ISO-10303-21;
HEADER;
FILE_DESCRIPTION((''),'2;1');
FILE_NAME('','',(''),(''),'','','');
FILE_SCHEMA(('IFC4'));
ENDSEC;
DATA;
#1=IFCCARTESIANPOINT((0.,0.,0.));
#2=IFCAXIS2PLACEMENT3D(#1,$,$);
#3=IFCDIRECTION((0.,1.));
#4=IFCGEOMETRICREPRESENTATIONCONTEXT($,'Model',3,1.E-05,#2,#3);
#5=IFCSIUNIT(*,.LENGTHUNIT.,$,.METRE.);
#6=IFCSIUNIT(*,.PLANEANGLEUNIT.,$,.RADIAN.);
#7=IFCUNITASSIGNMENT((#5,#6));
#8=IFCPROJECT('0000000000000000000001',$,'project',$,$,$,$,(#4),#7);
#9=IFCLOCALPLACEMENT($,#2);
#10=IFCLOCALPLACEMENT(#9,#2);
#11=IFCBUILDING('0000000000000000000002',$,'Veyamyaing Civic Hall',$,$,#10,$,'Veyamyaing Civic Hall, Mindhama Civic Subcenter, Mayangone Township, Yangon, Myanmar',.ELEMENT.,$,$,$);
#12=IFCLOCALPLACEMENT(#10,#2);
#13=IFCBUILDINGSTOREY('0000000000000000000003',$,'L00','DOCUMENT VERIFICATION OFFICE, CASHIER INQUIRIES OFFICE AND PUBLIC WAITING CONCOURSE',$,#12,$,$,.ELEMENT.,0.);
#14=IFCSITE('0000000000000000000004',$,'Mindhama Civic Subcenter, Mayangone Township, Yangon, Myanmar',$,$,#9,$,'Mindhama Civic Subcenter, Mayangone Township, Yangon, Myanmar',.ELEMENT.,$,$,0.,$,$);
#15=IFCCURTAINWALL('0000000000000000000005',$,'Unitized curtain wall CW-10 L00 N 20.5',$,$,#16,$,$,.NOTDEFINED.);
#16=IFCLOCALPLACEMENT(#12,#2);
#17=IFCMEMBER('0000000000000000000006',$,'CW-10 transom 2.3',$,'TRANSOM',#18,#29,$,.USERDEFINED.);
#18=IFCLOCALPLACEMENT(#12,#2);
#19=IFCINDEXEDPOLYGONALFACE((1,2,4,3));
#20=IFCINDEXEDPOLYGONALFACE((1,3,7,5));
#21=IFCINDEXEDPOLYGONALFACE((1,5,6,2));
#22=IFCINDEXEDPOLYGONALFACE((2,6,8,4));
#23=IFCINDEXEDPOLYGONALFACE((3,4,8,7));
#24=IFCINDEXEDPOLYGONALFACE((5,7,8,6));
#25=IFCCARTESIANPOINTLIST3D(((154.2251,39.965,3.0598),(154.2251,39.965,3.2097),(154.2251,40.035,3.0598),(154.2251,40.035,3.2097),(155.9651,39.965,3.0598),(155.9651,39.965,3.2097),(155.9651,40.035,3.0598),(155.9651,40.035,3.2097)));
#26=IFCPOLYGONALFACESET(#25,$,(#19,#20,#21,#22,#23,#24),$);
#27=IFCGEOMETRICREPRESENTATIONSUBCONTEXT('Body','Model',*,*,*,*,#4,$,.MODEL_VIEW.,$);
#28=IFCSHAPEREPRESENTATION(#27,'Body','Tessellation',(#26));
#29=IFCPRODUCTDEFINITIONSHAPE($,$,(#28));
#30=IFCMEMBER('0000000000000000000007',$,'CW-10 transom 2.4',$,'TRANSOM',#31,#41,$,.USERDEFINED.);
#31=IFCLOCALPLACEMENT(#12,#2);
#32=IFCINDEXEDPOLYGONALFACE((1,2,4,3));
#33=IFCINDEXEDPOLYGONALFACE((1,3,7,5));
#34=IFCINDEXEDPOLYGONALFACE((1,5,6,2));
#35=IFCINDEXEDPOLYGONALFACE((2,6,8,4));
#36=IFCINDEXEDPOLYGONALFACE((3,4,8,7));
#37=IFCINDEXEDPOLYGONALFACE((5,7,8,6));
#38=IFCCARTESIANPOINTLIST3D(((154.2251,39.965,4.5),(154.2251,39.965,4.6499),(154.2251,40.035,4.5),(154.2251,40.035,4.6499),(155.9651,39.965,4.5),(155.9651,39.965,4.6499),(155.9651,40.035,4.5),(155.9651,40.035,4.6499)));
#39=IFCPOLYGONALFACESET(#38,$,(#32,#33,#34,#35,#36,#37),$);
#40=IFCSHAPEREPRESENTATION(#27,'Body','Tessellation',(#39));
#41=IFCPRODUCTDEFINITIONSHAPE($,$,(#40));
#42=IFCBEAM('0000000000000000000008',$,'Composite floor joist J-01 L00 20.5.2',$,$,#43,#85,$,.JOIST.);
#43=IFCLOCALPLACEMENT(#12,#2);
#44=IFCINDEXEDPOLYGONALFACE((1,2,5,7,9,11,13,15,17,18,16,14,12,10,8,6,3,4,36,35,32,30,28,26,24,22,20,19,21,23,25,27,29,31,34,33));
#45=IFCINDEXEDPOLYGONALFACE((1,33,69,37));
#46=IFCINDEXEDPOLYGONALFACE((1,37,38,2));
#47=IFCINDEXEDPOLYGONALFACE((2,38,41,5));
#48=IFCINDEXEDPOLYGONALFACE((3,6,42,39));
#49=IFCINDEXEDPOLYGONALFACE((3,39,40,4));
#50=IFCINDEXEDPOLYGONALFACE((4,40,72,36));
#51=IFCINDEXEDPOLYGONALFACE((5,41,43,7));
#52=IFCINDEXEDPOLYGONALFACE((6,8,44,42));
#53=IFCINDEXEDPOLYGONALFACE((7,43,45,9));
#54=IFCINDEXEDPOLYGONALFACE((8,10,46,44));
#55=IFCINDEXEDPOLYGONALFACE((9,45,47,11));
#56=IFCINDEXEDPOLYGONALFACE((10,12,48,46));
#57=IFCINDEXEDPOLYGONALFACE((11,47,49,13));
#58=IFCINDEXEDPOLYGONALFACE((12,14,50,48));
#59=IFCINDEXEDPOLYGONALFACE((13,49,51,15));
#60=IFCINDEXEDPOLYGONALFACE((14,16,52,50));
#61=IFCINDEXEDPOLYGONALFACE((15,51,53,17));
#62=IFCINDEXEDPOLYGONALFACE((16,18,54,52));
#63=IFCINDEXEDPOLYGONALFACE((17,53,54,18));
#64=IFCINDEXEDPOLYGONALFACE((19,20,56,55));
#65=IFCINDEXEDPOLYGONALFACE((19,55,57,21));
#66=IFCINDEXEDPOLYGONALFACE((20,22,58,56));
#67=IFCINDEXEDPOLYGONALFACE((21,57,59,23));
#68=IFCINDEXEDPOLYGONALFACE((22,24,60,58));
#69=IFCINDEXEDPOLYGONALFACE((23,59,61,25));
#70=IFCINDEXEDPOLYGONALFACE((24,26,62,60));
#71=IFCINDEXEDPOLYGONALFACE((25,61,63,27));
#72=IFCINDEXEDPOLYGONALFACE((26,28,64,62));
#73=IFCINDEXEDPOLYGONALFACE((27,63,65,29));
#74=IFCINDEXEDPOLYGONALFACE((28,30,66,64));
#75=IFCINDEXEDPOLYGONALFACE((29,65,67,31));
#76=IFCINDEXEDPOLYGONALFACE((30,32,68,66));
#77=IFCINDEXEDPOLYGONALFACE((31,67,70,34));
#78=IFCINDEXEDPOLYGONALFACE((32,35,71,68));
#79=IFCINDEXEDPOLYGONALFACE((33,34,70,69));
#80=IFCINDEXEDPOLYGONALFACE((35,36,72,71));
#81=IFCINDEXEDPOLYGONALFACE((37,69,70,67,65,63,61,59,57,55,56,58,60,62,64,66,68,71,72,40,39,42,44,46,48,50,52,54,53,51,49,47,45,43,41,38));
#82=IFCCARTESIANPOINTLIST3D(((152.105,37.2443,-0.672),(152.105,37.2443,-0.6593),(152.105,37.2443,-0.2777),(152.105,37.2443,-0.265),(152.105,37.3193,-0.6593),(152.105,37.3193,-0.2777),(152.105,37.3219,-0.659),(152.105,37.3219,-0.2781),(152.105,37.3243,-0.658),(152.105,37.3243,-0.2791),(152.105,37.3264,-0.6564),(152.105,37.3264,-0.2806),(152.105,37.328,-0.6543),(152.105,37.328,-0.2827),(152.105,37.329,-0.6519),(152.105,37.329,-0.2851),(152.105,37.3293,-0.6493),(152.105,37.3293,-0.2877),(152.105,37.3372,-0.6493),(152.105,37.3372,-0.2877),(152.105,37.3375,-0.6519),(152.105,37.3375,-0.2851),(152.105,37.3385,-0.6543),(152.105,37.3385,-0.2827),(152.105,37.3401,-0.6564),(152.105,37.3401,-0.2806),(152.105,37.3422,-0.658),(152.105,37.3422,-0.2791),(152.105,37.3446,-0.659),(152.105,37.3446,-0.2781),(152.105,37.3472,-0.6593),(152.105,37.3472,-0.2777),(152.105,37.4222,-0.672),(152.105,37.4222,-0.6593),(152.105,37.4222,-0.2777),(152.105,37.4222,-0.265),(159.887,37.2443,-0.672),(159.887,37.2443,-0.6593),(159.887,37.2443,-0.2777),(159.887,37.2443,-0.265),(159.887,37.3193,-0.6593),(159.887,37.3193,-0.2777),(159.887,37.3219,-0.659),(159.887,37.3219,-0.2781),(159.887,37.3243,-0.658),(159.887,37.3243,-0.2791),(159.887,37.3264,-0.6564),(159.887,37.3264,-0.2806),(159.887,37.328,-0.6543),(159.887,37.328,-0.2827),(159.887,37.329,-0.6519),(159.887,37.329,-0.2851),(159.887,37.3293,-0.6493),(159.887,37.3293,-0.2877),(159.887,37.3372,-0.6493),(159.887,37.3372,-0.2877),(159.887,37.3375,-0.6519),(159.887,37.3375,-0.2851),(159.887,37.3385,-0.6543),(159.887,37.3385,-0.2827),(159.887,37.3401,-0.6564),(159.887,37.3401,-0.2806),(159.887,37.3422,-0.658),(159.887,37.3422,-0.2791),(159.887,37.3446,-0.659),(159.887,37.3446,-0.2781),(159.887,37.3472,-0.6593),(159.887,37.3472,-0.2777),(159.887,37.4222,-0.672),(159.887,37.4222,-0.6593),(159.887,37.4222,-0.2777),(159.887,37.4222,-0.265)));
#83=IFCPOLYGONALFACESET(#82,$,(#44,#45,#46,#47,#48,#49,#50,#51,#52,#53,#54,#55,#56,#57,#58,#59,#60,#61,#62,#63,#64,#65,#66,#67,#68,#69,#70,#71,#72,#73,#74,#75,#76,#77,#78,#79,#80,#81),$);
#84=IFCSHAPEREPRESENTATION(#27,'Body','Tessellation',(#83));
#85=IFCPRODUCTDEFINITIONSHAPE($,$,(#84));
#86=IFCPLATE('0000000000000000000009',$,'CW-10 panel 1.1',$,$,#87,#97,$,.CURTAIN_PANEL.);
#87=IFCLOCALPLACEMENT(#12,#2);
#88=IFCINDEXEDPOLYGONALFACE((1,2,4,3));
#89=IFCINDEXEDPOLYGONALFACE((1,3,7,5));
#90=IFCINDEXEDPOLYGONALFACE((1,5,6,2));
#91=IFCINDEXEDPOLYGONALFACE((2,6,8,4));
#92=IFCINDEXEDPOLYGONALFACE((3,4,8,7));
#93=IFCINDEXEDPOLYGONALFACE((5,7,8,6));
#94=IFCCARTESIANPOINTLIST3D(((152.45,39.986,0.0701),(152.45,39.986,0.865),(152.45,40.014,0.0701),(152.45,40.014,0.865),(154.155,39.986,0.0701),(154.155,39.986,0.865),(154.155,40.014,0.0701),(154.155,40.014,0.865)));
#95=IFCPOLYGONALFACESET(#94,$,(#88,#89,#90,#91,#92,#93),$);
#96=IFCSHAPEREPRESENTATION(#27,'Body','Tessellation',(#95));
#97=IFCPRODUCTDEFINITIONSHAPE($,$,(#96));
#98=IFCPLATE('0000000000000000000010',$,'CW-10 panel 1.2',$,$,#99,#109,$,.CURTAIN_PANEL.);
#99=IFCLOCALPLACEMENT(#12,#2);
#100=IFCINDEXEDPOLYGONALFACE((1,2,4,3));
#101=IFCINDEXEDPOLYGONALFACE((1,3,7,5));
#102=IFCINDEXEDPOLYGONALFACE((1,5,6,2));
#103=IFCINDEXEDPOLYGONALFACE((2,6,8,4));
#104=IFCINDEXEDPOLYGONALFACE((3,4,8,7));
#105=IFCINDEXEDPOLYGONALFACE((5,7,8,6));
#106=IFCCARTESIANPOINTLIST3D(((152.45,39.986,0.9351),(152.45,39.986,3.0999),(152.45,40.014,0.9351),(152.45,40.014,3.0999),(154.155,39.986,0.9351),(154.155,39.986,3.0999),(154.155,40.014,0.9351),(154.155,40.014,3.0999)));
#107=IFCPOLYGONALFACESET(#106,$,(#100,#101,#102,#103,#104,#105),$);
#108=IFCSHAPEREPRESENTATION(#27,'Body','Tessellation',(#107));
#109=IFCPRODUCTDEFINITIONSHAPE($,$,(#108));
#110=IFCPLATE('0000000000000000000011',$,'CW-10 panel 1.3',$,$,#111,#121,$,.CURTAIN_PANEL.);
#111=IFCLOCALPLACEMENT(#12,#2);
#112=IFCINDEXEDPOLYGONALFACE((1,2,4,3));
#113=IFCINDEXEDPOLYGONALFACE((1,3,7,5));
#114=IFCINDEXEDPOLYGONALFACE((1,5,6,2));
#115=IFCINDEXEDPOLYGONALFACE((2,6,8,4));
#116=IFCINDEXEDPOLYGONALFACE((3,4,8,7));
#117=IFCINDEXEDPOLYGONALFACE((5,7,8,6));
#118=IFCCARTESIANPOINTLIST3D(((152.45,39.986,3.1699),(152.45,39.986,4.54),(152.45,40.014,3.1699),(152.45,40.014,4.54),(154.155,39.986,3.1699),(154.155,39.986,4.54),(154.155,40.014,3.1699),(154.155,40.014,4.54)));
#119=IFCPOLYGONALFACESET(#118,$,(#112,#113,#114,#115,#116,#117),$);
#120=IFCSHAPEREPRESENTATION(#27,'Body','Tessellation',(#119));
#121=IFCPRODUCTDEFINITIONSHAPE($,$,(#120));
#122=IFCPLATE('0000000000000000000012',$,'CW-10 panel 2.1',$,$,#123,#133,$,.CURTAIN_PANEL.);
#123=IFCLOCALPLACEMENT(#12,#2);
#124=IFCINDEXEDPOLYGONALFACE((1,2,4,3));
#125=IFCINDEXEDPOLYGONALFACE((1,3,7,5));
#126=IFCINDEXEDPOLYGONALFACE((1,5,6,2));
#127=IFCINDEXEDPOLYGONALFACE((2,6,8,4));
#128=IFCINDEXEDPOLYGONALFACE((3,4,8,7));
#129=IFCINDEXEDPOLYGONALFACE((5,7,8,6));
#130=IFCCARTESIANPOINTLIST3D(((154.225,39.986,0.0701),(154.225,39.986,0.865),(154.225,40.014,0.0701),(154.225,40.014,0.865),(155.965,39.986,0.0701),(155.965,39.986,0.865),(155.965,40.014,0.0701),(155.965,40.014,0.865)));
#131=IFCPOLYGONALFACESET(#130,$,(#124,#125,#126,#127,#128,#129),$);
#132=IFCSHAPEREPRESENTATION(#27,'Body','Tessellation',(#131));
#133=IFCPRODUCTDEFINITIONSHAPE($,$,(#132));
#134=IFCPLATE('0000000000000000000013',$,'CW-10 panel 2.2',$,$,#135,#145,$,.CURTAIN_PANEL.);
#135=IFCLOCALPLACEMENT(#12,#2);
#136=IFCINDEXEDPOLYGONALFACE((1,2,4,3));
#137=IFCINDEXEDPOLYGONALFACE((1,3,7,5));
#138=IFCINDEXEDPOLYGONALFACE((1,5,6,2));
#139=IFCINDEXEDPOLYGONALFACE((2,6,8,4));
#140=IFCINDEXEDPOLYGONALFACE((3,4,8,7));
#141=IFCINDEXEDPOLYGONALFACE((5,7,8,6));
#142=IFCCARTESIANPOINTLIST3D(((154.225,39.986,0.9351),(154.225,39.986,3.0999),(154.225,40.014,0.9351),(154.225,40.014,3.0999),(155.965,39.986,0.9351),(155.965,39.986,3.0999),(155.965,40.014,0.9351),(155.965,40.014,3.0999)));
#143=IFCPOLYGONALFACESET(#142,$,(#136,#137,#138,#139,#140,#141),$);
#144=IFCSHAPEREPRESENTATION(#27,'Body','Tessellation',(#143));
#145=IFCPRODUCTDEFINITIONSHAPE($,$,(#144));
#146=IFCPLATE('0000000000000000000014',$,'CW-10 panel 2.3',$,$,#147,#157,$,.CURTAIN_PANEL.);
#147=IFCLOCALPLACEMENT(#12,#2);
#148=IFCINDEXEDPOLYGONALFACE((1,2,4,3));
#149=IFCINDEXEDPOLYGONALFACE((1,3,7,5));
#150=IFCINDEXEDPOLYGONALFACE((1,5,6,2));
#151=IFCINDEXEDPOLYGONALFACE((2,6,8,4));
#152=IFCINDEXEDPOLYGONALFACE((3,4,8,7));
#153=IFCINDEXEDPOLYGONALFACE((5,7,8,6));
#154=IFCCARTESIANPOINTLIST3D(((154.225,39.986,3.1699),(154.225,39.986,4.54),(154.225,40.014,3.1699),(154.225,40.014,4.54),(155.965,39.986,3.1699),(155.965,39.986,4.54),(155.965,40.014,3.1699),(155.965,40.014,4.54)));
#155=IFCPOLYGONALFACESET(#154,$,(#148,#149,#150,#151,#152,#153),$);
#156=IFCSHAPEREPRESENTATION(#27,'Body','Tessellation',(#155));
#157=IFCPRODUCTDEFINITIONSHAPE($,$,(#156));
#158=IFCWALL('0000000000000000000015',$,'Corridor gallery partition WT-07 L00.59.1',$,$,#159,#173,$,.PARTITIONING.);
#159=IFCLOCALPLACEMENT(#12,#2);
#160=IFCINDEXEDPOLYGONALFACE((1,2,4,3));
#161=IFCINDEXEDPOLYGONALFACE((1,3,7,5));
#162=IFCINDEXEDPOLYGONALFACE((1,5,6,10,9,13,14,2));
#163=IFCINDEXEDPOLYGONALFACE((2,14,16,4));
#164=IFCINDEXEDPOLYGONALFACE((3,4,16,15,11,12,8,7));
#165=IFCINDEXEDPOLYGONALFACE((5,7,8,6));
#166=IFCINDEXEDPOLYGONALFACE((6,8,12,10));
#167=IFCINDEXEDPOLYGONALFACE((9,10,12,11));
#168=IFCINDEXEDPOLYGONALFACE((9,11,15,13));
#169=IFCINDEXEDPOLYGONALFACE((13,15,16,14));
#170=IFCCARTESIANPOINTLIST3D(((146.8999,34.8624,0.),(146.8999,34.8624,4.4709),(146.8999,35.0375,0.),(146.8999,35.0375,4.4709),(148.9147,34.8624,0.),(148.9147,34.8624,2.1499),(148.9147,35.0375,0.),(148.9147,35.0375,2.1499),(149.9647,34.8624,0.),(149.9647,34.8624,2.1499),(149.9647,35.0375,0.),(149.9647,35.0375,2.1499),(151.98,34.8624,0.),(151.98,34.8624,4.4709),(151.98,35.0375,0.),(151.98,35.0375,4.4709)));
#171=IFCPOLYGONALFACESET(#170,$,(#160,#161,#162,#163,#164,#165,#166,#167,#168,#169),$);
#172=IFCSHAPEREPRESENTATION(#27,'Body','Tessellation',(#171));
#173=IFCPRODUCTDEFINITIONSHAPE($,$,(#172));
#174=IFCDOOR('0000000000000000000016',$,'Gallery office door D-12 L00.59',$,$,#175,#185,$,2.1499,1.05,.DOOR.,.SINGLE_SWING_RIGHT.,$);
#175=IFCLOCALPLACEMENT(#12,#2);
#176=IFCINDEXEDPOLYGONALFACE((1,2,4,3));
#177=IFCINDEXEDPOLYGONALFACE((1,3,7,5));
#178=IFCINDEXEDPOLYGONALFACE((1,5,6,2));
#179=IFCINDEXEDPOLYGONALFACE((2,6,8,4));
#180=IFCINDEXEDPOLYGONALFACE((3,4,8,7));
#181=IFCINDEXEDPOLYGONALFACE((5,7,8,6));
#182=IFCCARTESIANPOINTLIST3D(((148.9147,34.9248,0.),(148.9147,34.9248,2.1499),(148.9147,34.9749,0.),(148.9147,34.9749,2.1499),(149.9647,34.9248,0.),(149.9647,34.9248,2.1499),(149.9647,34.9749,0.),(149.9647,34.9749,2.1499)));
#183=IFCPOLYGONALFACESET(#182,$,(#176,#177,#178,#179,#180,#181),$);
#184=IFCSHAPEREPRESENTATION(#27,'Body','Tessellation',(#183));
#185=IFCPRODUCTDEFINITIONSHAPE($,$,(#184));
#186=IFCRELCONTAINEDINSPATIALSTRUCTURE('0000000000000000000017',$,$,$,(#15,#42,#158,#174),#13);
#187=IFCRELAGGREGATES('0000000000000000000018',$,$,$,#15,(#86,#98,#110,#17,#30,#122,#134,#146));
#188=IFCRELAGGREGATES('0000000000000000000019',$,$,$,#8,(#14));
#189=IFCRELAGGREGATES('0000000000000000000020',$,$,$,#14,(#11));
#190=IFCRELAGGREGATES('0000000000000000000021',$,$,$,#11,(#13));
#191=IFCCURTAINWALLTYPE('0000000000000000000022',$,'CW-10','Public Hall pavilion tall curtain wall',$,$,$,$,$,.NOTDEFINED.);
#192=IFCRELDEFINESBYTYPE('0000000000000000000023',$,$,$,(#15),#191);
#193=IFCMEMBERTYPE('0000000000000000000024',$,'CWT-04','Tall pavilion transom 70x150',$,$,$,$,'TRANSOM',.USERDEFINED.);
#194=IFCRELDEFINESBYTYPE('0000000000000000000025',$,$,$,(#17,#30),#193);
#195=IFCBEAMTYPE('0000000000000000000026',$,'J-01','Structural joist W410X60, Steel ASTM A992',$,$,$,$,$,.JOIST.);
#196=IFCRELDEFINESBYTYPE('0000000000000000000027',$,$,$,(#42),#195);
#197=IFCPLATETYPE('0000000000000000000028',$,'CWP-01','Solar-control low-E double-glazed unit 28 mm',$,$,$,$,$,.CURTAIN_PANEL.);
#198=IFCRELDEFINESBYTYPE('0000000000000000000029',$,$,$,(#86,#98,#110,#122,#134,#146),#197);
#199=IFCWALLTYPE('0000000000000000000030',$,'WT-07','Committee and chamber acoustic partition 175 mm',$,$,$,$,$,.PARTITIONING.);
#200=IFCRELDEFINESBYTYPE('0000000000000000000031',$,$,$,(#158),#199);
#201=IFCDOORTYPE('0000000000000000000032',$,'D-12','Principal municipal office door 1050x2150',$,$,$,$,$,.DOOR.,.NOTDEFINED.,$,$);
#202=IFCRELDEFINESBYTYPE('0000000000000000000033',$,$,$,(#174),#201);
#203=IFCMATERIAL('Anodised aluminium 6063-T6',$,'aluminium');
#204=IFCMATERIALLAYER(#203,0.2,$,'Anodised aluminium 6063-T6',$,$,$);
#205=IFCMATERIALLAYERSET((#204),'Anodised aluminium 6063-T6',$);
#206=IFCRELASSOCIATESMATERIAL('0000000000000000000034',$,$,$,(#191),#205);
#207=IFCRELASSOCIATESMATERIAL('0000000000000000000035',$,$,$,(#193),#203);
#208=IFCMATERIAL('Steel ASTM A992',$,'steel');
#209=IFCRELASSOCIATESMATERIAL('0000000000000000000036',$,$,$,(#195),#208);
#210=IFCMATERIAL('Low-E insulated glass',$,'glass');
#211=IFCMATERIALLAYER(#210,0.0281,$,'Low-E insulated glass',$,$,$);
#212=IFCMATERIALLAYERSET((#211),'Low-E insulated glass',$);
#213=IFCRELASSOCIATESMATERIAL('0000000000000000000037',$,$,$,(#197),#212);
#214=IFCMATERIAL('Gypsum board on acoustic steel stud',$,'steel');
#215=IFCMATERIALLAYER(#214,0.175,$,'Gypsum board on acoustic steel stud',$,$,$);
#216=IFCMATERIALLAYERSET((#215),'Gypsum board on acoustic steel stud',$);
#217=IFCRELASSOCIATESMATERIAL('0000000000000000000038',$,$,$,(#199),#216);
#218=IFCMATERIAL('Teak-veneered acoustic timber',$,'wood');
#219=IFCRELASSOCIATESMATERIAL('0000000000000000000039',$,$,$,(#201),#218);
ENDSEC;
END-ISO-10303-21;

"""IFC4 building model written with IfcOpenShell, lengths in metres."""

from ifc_helpers import new_model, si_unit, direction, frame, frame_2d, origin, origin_2d, place, context, subcontext, project, spatial, rectangle, i_section, extrude, material, layer, layer_set, material_profile, profile_set, type_object, element, fill, aggregate, save


model = new_model("IFC4")

# Units and contexts
model_context = context("Model", 3, precision=1e-05, world=origin(), true_north=direction((0.0, 1.0)))
body_context = subcontext(model_context, "Body", "Model", "MODEL_VIEW")
ifc_project = project(units=[si_unit("LENGTHUNIT", "METRE"), si_unit("PLANEANGLEUNIT", "RADIAN")], contexts=[model_context])

# Site, building, storey
site_placement = place(None, origin())
site = spatial("IfcSite", under=ifc_project, at=site_placement, Name="Mindhama Civic Subcenter, Mayangone Township, Yangon, Myanmar", LongName="Mindhama Civic Subcenter, Mayangone Township, Yangon, Myanmar", CompositionType="ELEMENT", RefElevation=0.0)
building_placement = place(site_placement, origin())
building = spatial("IfcBuilding", under=site, at=building_placement, Name="Veyamyaing Civic Hall", LongName="Veyamyaing Civic Hall, Mindhama Civic Subcenter, Mayangone Township, Yangon, Myanmar", CompositionType="ELEMENT")
storey_placement = place(building_placement, origin())
storey = spatial("IfcBuildingStorey", under=building, at=storey_placement, Name="L00", Description="DOCUMENT VERIFICATION OFFICE, CASHIER INQUIRIES OFFICE AND PUBLIC WAITING CONCOURSE", CompositionType="ELEMENT", Elevation=0.0)

# Shared definitions
ifc_material_1 = material(Name="Steel ASTM A992", Category="steel")

# Curtain wall, members
ifc_material_2 = material(Name="Anodised aluminium 6063-T6", Category="aluminium")
ifc_layer_1 = layer(ifc_material_2, 0.2, Name="Anodised aluminium 6063-T6")
ifc_layer_set_1 = layer_set([ifc_layer_1], Name="Anodised aluminium 6063-T6")
curtain_wall_type = type_object("IfcCurtainWallType", Name="CW-10", Description="Public Hall pavilion tall curtain wall", PredefinedType="NOTDEFINED", material=ifc_layer_set_1)
curtain_wall_placement = place(storey_placement, origin())
curtain_wall = element("IfcCurtainWall", 1, at=curtain_wall_placement, inside=storey, type_object=curtain_wall_type, Name="Unitized curtain wall CW-10 L00 N 20.5", PredefinedType="NOTDEFINED")
ifc_material_profile_1 = material_profile(ifc_material_2, rectangle(XDim=0.0701, YDim=0.1499, at=origin_2d()), Name="ALU-TRN-70X150")
ifc_profile_set_1 = profile_set([ifc_material_profile_1], Name="Anodised aluminium 6063-T6")
member_type_1 = type_object("IfcMemberType", Name="CWT-04", Description="Tall pavilion transom 70x150", ElementType="TRANSOM", PredefinedType="USERDEFINED", material=ifc_profile_set_1)
member_1_placement = place(storey_placement, frame((154.2251, 40.0, 3.1348), z_axis=(1.0, 0.0, 0.0), x_axis=(0.0, 1.0, 0.0)))
member_1 = element("IfcMember", 2, at=member_1_placement, type_object=member_type_1, Name="CW-10 transom 2.3", ObjectType="TRANSOM", PredefinedType="USERDEFINED", context=body_context, shape_type="SweptSolid", body=[
    extrude(rectangle(XDim=0.0701, YDim=0.1499, at=origin_2d()), origin(), (0.0, 0.0, 1.0), 1.74),
])
member_2_placement = place(storey_placement, frame((154.2251, 40.0, 4.575), z_axis=(1.0, 0.0, 0.0), x_axis=(0.0, 1.0, 0.0)))
member_2 = element("IfcMember", 3, at=member_2_placement, type_object=member_type_1, Name="CW-10 transom 2.4", ObjectType="TRANSOM", PredefinedType="USERDEFINED", context=body_context, shape_type="SweptSolid", body=[
    extrude(rectangle(XDim=0.0701, YDim=0.1499, at=origin_2d()), origin(), (0.0, 0.0, 1.0), 1.74),
])

# Beam
ifc_material_profile_2 = material_profile(ifc_material_1, i_section(OverallWidth=0.178, OverallDepth=0.407, WebThickness=0.0078, FlangeThickness=0.0127, FilletRadius=0.01, at=origin_2d()), Name="W410X60")
ifc_profile_set_2 = profile_set([ifc_material_profile_2], Name="Steel ASTM A992")
beam_type_1 = type_object("IfcBeamType", Name="J-01", Description="Structural joist W410X60, Steel ASTM A992", PredefinedType="JOIST", material=ifc_profile_set_2)
beam_1_placement = place(storey_placement, frame((152.105, 37.3333, -0.4685), z_axis=(1.0, 0.0, 0.0), x_axis=(0.0, 1.0, 0.0)))
element("IfcBeam", 4, at=beam_1_placement, inside=storey, type_object=beam_type_1, Name="Composite floor joist J-01 L00 20.5.2", PredefinedType="JOIST", context=body_context, shape_type="SweptSolid", body=[
    extrude(i_section(OverallWidth=0.178, OverallDepth=0.407, WebThickness=0.0078, FlangeThickness=0.0127, FilletRadius=0.01, at=origin_2d()), origin(), (0.0, 0.0, 1.0), 7.782),
])

# Plates
ifc_material_3 = material(Name="Low-E insulated glass", Category="glass")
ifc_layer_2 = layer(ifc_material_3, 0.0281, Name="Low-E insulated glass")
ifc_layer_set_2 = layer_set([ifc_layer_2], Name="Low-E insulated glass")
plate_type = type_object("IfcPlateType", Name="CWP-01", Description="Solar-control low-E double-glazed unit 28 mm", PredefinedType="CURTAIN_PANEL", material=ifc_layer_set_2)
plate_1_placement = place(storey_placement, frame((153.3025, 40.0, 0.0701), z_axis=(0.0, 0.0, 1.0), x_axis=(1.0, 0.0, 0.0)))
plate_1 = element("IfcPlate", 5, at=plate_1_placement, type_object=plate_type, Name="CW-10 panel 1.1", PredefinedType="CURTAIN_PANEL", context=body_context, shape_type="SweptSolid", body=[
    extrude(rectangle(XDim=1.7051, YDim=0.0281, at=origin_2d()), origin(), (0.0, 0.0, 1.0), 0.7949),
])
plate_2_placement = place(storey_placement, frame((153.3025, 40.0, 0.9351), z_axis=(0.0, 0.0, 1.0), x_axis=(1.0, 0.0, 0.0)))
plate_2 = element("IfcPlate", 6, at=plate_2_placement, type_object=plate_type, Name="CW-10 panel 1.2", PredefinedType="CURTAIN_PANEL", context=body_context, shape_type="SweptSolid", body=[
    extrude(rectangle(XDim=1.7051, YDim=0.0281, at=origin_2d()), origin(), (0.0, 0.0, 1.0), 2.1648),
])
plate_3_placement = place(storey_placement, frame((153.3025, 40.0, 3.1699), z_axis=(0.0, 0.0, 1.0), x_axis=(1.0, 0.0, 0.0)))
plate_3 = element("IfcPlate", 7, at=plate_3_placement, type_object=plate_type, Name="CW-10 panel 1.3", PredefinedType="CURTAIN_PANEL", context=body_context, shape_type="SweptSolid", body=[
    extrude(rectangle(XDim=1.7051, YDim=0.0281, at=origin_2d()), origin(), (0.0, 0.0, 1.0), 1.3701),
])
plate_4_placement = place(storey_placement, frame((155.095, 40.0, 0.0701), z_axis=(0.0, 0.0, 1.0), x_axis=(1.0, 0.0, 0.0)))
plate_4 = element("IfcPlate", 8, at=plate_4_placement, type_object=plate_type, Name="CW-10 panel 2.1", PredefinedType="CURTAIN_PANEL", context=body_context, shape_type="SweptSolid", body=[
    extrude(rectangle(XDim=1.74, YDim=0.0281, at=origin_2d()), origin(), (0.0, 0.0, 1.0), 0.7949),
])
plate_5_placement = place(storey_placement, frame((155.095, 40.0, 0.9351), z_axis=(0.0, 0.0, 1.0), x_axis=(1.0, 0.0, 0.0)))
plate_5 = element("IfcPlate", 9, at=plate_5_placement, type_object=plate_type, Name="CW-10 panel 2.2", PredefinedType="CURTAIN_PANEL", context=body_context, shape_type="SweptSolid", body=[
    extrude(rectangle(XDim=1.74, YDim=0.0281, at=origin_2d()), origin(), (0.0, 0.0, 1.0), 2.1648),
])
plate_6_placement = place(storey_placement, frame((155.095, 40.0, 3.1699), z_axis=(0.0, 0.0, 1.0), x_axis=(1.0, 0.0, 0.0)))
plate_6 = element("IfcPlate", 10, at=plate_6_placement, type_object=plate_type, Name="CW-10 panel 2.3", PredefinedType="CURTAIN_PANEL", context=body_context, shape_type="SweptSolid", body=[
    extrude(rectangle(XDim=1.74, YDim=0.0281, at=origin_2d()), origin(), (0.0, 0.0, 1.0), 1.3701),
])
aggregate(curtain_wall, [plate_1, plate_2, plate_3, member_1, member_2, plate_4, plate_5, plate_6])

# Wall, opening, door
ifc_material_4 = material(Name="Gypsum board on acoustic steel stud", Category="steel")
ifc_layer_3 = layer(ifc_material_4, 0.175, Name="Gypsum board on acoustic steel stud")
ifc_layer_set_3 = layer_set([ifc_layer_3], Name="Gypsum board on acoustic steel stud")
wall_type_1 = type_object("IfcWallType", Name="WT-07", Description="Committee and chamber acoustic partition 175 mm", PredefinedType="PARTITIONING", material=ifc_layer_set_3)
wall_1_placement = place(storey_placement, frame((146.8999, 34.95, 0.0), z_axis=(0.0, 0.0, 1.0), x_axis=(1.0, 0.0, 0.0)))
wall_1 = element("IfcWall", 11, at=wall_1_placement, inside=storey, type_object=wall_type_1, Name="Corridor gallery partition WT-07 L00.59.1", PredefinedType="PARTITIONING", context=body_context, shape_type="SweptSolid", body=[
    extrude(rectangle(XDim=5.0801, YDim=0.175, at=frame_2d((2.54, 0.0))), origin(), (0.0, 0.0, 1.0), 4.4709),
])
opening_1_placement = place(wall_1_placement, frame((2.0149, 0.0, 0.0)))
opening_1 = element("IfcOpeningElement", 12, at=opening_1_placement, cuts=wall_1, PredefinedType="OPENING", context=body_context, shape_type="SweptSolid", body=[
    extrude(rectangle(XDim=1.05, YDim=2.1499, at=frame_2d((0.5249, 1.075))), frame((0.0, 0.0974, 0.0), z_axis=(0.0, -1.0, 0.0), x_axis=(1.0, 0.0, 0.0)), (0.0, 0.0, 1.0), 0.1951),
])
ifc_material_5 = material(Name="Teak-veneered acoustic timber", Category="wood")
door_type_1 = type_object("IfcDoorType", Name="D-12", Description="Principal municipal office door 1050x2150", OperationType="NOTDEFINED", PredefinedType="DOOR", material=ifc_material_5)
door_1_placement = place(opening_1_placement, origin())
door_1 = element("IfcDoor", 13, at=door_1_placement, inside=storey, type_object=door_type_1, Name="Gallery office door D-12 L00.59", OperationType="SINGLE_SWING_RIGHT", OverallHeight=2.1499, OverallWidth=1.05, PredefinedType="DOOR", context=body_context, shape_type="SweptSolid", body=[
    extrude(rectangle(XDim=1.05, YDim=2.1499, at=frame_2d((0.5249, 1.075))), frame((0.0, 0.0249, 0.0), z_axis=(0.0, -1.0, 0.0), x_axis=(1.0, 0.0, 0.0)), (0.0, 0.0, 1.0), 0.05),
])
fill(opening_1, door_1)

save(model, "model.ifc")
